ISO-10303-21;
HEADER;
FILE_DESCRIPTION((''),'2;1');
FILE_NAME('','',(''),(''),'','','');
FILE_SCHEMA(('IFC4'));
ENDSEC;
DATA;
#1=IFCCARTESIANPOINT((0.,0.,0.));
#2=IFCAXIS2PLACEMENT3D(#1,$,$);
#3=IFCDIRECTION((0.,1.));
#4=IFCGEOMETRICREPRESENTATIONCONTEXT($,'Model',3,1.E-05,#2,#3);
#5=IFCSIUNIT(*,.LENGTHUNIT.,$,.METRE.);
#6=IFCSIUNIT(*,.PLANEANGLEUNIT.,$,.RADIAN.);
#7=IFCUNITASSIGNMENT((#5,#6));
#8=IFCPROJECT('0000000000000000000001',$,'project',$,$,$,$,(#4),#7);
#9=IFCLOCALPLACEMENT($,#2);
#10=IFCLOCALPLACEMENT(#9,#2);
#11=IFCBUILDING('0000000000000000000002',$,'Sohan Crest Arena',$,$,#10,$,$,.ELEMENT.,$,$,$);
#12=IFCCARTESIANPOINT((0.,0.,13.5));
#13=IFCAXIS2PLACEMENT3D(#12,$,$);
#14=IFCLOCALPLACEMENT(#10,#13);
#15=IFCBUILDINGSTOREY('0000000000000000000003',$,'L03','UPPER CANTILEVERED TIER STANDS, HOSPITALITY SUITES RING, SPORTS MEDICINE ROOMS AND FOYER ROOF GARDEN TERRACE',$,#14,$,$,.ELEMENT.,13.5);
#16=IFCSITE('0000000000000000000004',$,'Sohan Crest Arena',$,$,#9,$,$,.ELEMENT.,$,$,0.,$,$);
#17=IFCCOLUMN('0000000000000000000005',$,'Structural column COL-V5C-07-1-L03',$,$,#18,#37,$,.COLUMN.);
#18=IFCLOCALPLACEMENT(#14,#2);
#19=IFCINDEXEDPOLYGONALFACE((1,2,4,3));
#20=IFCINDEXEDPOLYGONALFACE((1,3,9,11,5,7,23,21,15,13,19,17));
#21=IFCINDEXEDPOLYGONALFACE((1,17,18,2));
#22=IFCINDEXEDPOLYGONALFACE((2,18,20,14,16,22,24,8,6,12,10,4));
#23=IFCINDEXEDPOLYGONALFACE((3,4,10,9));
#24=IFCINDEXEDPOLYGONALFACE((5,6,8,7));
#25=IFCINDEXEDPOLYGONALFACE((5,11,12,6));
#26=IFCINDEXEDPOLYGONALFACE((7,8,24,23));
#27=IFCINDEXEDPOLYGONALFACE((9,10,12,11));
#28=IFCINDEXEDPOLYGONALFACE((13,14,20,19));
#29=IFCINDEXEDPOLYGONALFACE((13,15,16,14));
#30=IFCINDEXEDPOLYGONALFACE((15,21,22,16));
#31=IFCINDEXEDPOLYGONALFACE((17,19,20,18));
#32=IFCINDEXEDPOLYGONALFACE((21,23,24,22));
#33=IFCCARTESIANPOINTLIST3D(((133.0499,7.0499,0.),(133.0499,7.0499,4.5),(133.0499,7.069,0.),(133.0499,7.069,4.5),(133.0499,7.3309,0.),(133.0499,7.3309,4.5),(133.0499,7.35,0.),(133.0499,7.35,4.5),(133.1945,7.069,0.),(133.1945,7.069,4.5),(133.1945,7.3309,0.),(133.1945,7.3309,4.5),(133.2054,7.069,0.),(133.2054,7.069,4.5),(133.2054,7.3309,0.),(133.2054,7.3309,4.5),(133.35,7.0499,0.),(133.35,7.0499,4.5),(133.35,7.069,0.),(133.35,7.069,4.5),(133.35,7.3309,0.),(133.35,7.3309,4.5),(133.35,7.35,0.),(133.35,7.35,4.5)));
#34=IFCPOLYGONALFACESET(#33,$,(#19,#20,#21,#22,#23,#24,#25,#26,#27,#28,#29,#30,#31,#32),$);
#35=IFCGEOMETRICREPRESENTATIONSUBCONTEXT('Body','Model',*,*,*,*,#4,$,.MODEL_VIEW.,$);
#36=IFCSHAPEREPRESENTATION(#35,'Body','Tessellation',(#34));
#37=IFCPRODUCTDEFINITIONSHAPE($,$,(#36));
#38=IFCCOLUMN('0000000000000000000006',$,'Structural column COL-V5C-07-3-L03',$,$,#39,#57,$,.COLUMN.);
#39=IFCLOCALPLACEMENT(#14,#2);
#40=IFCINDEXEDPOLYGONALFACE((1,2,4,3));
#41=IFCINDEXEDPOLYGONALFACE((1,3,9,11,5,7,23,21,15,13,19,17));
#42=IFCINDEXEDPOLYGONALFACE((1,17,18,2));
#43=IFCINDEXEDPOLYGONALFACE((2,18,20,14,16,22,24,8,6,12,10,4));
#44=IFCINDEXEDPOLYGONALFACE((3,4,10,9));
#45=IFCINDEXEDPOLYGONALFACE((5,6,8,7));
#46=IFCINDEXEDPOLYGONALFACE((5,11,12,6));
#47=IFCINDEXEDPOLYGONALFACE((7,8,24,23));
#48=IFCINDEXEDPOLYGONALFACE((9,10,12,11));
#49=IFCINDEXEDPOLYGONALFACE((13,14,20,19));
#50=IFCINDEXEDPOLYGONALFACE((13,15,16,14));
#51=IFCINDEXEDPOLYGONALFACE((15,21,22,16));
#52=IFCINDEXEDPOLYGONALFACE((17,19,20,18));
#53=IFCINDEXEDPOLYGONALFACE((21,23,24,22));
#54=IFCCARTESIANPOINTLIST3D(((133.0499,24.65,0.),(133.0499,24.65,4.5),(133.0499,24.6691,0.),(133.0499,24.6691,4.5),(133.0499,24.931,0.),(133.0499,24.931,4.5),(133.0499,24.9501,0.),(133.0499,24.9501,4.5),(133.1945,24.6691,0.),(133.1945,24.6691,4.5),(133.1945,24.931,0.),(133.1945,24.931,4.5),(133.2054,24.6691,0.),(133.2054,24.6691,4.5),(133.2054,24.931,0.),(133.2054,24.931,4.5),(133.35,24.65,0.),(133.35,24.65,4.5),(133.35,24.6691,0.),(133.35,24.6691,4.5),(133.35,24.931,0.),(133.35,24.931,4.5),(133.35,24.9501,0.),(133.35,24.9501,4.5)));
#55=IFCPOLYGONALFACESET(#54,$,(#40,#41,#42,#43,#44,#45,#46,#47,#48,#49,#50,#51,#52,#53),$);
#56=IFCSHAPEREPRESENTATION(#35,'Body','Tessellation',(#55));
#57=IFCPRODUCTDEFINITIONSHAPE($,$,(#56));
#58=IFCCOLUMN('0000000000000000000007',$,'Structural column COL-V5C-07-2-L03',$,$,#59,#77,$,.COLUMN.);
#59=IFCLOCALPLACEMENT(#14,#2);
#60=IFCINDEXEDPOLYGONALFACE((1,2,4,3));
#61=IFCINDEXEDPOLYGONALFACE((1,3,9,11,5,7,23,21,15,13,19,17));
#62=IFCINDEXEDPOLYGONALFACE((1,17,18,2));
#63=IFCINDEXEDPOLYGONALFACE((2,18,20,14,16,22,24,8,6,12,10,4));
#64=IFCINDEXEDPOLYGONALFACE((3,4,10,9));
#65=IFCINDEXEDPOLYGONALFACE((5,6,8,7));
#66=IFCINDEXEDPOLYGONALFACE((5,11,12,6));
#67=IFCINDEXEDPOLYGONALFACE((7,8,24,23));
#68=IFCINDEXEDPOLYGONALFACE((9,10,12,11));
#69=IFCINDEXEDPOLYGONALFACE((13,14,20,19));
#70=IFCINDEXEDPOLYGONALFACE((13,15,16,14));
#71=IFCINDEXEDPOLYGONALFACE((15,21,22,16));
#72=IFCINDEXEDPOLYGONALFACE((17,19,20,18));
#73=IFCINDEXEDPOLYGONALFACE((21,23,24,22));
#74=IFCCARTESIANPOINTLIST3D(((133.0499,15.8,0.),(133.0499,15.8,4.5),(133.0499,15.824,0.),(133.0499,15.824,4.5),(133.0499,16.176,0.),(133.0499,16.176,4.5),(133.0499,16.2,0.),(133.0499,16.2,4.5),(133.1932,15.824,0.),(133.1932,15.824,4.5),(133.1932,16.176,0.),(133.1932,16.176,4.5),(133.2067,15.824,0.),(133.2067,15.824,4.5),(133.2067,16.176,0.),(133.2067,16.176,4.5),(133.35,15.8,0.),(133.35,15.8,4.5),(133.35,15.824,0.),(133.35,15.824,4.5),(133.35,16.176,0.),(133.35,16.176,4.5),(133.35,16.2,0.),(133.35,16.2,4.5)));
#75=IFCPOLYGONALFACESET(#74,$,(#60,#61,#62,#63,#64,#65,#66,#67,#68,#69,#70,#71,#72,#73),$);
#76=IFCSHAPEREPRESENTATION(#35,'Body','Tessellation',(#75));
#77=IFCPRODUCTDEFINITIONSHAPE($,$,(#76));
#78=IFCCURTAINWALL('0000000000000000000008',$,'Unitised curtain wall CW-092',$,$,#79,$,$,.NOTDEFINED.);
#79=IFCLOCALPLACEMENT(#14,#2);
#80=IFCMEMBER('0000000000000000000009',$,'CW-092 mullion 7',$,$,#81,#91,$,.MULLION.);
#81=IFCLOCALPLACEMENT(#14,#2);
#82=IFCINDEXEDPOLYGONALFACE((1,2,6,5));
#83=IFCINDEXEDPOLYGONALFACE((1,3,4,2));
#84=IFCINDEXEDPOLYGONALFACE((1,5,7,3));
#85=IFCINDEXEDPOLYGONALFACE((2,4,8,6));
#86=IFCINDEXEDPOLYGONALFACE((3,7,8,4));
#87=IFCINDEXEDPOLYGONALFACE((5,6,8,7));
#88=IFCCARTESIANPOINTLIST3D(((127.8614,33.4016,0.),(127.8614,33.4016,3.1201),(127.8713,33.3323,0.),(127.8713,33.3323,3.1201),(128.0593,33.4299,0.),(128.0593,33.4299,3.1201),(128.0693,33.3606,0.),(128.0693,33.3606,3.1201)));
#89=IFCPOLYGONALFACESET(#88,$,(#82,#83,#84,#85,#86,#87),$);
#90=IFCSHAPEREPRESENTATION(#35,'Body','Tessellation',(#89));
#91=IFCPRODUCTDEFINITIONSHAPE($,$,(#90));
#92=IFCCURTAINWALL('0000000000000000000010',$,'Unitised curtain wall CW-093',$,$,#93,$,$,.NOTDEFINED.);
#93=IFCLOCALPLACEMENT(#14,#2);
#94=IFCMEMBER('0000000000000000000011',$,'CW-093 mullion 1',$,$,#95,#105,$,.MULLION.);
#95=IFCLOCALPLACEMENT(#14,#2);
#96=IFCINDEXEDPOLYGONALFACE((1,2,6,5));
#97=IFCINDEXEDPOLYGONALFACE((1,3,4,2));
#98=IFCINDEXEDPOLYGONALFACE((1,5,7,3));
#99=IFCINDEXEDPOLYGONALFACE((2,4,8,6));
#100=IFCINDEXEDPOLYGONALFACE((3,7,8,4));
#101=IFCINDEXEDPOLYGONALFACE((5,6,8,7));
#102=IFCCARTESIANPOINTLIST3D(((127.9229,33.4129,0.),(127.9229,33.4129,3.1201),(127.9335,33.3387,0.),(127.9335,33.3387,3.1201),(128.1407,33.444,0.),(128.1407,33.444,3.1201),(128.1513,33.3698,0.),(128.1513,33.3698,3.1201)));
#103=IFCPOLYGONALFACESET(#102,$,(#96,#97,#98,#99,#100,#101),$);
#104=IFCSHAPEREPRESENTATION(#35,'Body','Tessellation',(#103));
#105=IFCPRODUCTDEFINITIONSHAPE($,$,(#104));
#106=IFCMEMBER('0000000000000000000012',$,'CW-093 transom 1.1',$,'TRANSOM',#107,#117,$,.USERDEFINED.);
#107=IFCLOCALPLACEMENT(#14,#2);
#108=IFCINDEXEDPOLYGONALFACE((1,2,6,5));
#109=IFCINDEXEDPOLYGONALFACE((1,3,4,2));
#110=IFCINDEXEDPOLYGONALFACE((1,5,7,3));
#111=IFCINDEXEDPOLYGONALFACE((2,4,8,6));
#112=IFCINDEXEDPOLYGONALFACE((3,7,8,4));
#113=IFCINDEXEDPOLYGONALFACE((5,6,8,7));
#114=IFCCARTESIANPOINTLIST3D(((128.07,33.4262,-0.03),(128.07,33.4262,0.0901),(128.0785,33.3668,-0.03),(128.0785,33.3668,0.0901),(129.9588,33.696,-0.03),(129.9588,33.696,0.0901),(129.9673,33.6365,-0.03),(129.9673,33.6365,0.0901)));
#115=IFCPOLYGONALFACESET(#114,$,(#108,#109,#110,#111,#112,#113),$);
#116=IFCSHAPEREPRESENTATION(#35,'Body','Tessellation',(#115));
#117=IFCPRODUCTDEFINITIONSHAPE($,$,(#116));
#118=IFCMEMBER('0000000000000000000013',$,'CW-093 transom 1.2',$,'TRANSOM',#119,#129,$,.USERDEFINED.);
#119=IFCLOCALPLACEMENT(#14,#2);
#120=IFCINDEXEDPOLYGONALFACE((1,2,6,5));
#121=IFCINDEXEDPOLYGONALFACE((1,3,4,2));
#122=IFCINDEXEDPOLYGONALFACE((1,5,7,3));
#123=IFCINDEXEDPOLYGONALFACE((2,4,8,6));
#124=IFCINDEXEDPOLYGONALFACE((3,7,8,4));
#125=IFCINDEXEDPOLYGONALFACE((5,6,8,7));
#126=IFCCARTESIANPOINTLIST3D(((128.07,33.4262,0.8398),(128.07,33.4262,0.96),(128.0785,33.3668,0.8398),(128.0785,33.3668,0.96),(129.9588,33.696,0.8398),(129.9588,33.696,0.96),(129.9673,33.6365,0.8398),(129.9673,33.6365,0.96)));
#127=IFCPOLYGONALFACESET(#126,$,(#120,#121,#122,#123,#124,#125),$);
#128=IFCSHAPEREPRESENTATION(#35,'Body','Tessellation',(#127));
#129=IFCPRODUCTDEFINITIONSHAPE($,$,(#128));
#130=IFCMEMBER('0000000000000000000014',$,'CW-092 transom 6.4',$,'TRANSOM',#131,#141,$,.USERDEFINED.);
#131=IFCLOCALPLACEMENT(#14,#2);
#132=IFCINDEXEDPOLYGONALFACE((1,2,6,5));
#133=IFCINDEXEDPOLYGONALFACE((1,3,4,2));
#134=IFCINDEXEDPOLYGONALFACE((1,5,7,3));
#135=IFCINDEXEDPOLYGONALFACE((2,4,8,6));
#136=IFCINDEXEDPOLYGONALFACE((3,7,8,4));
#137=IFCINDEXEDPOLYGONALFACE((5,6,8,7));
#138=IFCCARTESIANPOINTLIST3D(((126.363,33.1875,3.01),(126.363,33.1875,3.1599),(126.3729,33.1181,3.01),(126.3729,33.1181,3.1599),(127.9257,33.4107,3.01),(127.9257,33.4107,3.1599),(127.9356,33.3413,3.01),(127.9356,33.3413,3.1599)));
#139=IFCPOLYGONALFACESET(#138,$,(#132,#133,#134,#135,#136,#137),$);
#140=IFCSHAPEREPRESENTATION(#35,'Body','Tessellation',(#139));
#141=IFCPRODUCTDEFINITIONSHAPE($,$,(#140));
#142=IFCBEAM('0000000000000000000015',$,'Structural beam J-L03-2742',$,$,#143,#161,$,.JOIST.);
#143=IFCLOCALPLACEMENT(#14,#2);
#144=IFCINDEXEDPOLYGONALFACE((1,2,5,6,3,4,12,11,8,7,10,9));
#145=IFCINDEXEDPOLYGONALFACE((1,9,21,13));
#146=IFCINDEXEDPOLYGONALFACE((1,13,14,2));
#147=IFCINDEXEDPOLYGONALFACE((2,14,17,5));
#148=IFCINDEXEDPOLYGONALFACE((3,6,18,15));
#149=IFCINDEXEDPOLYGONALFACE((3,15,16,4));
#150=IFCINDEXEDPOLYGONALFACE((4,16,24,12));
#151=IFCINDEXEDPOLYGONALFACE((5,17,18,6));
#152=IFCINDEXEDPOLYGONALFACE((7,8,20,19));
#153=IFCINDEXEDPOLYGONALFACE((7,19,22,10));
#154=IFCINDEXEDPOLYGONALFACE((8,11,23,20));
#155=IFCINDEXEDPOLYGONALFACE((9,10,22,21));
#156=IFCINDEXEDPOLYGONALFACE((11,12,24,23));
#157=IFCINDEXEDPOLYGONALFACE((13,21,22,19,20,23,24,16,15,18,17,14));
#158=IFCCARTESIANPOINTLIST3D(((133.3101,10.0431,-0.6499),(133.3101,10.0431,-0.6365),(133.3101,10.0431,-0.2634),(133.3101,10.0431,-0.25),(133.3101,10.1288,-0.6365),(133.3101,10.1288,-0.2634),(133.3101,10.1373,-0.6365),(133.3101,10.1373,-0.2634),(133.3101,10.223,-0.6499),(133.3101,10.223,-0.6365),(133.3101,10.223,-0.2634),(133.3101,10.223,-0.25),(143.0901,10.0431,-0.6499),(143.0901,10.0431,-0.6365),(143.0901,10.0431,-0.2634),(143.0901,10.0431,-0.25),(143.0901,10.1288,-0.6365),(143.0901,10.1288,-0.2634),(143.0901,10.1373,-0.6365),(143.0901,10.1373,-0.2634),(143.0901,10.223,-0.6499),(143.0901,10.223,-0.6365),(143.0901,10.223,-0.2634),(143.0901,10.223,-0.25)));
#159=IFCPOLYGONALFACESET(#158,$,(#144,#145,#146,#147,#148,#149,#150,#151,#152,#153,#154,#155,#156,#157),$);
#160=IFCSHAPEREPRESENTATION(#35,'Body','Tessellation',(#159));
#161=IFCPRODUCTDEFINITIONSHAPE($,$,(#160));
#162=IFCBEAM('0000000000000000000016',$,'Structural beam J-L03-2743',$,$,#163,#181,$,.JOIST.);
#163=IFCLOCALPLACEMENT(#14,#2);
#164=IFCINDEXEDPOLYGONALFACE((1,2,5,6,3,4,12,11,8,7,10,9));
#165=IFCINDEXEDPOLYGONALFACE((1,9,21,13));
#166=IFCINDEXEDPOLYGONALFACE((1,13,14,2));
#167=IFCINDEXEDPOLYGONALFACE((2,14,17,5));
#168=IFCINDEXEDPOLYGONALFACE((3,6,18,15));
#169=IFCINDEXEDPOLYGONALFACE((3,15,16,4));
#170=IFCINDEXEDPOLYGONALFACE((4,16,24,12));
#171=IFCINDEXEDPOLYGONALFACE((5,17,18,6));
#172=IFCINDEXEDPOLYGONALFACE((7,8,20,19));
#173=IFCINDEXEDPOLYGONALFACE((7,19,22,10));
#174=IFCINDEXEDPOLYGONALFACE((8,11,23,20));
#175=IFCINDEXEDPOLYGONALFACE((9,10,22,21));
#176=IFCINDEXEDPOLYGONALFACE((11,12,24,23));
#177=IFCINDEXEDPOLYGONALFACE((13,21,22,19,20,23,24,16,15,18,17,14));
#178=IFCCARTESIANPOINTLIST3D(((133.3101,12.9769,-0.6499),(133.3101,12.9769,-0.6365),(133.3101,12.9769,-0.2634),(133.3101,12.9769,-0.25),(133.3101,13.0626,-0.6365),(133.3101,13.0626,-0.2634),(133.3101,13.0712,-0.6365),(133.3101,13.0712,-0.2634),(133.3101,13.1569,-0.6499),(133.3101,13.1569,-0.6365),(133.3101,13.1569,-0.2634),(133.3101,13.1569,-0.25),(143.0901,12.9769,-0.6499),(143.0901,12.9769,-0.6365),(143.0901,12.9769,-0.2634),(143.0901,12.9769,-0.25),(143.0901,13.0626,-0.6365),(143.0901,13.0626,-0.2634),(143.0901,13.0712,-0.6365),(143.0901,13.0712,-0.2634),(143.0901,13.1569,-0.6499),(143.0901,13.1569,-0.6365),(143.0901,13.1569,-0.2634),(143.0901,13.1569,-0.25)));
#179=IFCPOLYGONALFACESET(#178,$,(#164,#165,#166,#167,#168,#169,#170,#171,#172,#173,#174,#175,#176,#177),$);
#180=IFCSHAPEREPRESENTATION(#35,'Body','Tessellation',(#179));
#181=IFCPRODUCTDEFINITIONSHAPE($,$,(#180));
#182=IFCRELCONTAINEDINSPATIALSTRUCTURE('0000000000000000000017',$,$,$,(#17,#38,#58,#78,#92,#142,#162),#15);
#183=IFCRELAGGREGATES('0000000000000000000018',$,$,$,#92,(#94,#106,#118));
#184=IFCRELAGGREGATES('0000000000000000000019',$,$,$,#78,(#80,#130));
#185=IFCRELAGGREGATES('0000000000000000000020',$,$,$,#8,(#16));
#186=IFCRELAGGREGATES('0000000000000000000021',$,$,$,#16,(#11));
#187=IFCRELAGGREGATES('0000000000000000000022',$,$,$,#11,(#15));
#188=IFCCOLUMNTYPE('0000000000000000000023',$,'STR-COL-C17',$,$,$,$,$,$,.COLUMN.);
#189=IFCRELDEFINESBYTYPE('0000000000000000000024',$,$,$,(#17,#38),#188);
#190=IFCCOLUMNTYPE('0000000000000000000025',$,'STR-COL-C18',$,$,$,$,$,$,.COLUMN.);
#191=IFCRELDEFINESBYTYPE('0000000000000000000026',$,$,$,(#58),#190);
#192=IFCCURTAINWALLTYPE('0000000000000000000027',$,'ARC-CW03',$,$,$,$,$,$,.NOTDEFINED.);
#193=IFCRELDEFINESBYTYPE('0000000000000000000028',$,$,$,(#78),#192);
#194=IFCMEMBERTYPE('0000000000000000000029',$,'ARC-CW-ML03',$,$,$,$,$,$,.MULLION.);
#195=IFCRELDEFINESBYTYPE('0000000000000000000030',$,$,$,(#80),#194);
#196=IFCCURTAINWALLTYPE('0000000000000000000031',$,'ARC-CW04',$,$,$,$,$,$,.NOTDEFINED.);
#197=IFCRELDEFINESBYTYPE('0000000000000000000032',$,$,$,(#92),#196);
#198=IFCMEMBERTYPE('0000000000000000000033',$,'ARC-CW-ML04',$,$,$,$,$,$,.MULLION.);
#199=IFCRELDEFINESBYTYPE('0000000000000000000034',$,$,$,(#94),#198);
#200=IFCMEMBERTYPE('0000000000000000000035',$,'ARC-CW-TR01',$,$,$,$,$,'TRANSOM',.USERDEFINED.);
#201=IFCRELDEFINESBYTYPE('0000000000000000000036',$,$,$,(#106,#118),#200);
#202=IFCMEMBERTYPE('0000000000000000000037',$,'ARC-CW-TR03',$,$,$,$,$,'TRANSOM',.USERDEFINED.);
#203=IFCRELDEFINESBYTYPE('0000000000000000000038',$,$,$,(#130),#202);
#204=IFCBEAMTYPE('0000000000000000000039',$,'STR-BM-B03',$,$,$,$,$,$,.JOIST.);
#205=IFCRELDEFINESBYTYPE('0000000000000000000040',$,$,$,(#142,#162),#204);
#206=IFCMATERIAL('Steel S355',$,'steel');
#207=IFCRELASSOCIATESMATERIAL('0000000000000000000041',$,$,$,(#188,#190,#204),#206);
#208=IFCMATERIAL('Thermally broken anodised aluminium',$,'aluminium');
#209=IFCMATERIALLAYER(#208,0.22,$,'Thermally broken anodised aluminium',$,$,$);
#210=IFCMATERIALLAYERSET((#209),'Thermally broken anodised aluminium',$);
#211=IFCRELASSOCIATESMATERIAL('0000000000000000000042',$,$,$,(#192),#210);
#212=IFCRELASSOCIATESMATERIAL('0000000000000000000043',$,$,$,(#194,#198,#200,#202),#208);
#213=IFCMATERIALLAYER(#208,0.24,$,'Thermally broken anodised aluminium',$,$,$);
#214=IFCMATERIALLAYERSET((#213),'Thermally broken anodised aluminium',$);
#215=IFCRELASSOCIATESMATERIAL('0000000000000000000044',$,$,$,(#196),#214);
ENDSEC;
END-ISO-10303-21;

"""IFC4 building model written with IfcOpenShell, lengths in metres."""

from ifc_helpers import new_model, si_unit, direction, frame, origin, origin_2d, place, context, subcontext, project, spatial, rectangle, i_section, extrude, material, layer, layer_set, material_profile, profile_set, type_object, element, aggregate, save


model = new_model("IFC4")

# Units and contexts
model_context = context("Model", 3, precision=1e-05, world=origin(), true_north=direction((0.0, 1.0)))
body_context = subcontext(model_context, "Body", "Model", "MODEL_VIEW")
ifc_project = project(units=[si_unit("LENGTHUNIT", "METRE"), si_unit("PLANEANGLEUNIT", "RADIAN")], contexts=[model_context])

# Site, building, storey
site_placement = place(None, origin())
site = spatial("IfcSite", under=ifc_project, at=site_placement, Name="Sohan Crest Arena", CompositionType="ELEMENT", RefElevation=0.0)
building_placement = place(site_placement, origin())
building = spatial("IfcBuilding", under=site, at=building_placement, Name="Sohan Crest Arena", CompositionType="ELEMENT")
storey_placement = place(building_placement, frame((0.0, 0.0, 13.5)))
storey = spatial("IfcBuildingStorey", under=building, at=storey_placement, Name="L03", Description="UPPER CANTILEVERED TIER STANDS, HOSPITALITY SUITES RING, SPORTS MEDICINE ROOMS AND FOYER ROOF GARDEN TERRACE", CompositionType="ELEMENT", Elevation=13.5)

# Columns
ifc_material_1 = material(Name="Steel S355", Category="steel")
ifc_material_profile_1 = material_profile(ifc_material_1, i_section(OverallWidth=0.3, OverallDepth=0.3, WebThickness=0.011, FlangeThickness=0.019, at=origin_2d()), Name="HEB 300")
ifc_profile_set_1 = profile_set([ifc_material_profile_1], Name="Steel S355")
column_type_1 = type_object("IfcColumnType", Name="STR-COL-C17", PredefinedType="COLUMN", material=ifc_profile_set_1)
for number, where, z_axis, x_axis, name in (
    (1, (133.2, 7.2, 0.0), (0.0, 0.0, 1.0), (1.0, 0.0, 0.0), "Structural column COL-V5C-07-1-L03"),
    (2, (133.2, 24.8, 0.0), (0.0, 0.0, 1.0), (1.0, 0.0, 0.0), "Structural column COL-V5C-07-3-L03"),
):
    element("IfcColumn", number, at=place(storey_placement, frame(where, z_axis=z_axis, x_axis=x_axis)), inside=storey, type_object=column_type_1, Name=name, PredefinedType="COLUMN", context=body_context, shape_type="SweptSolid", body=[
        extrude(i_section(OverallWidth=0.3, OverallDepth=0.3, WebThickness=0.011, FlangeThickness=0.019, at=origin_2d()), origin(), (0.0, 0.0, 1.0), 4.5),
    ])
ifc_material_profile_2 = material_profile(ifc_material_1, i_section(OverallWidth=0.3, OverallDepth=0.3999, WebThickness=0.0134, FlangeThickness=0.0239, at=origin_2d()), Name="HEB 400")
ifc_profile_set_2 = profile_set([ifc_material_profile_2], Name="Steel S355")
column_type_2 = type_object("IfcColumnType", Name="STR-COL-C18", PredefinedType="COLUMN", material=ifc_profile_set_2)
column_placement = place(storey_placement, frame((133.2, 16.0, 0.0), z_axis=(0.0, 0.0, 1.0), x_axis=(1.0, 0.0, 0.0)))
element("IfcColumn", 3, at=column_placement, inside=storey, type_object=column_type_2, Name="Structural column COL-V5C-07-2-L03", PredefinedType="COLUMN", context=body_context, shape_type="SweptSolid", body=[
    extrude(i_section(OverallWidth=0.3, OverallDepth=0.3999, WebThickness=0.0134, FlangeThickness=0.0239, at=origin_2d()), origin(), (0.0, 0.0, 1.0), 4.5),
])

# Curtain wall, member
ifc_material_2 = material(Name="Thermally broken anodised aluminium", Category="aluminium")
ifc_layer_1 = layer(ifc_material_2, 0.22, Name="Thermally broken anodised aluminium")
ifc_layer_set_1 = layer_set([ifc_layer_1], Name="Thermally broken anodised aluminium")
curtain_wall_type_1 = type_object("IfcCurtainWallType", Name="ARC-CW03", PredefinedType="NOTDEFINED", material=ifc_layer_set_1)
curtain_wall_1_placement = place(storey_placement, origin())
curtain_wall_1 = element("IfcCurtainWall", 4, at=curtain_wall_1_placement, inside=storey, type_object=curtain_wall_type_1, Name="Unitised curtain wall CW-092", PredefinedType="NOTDEFINED")
ifc_material_profile_3 = material_profile(ifc_material_2, rectangle(XDim=0.0701, YDim=0.2, at=origin_2d()), Name="ALU-MULL 70x200")
ifc_profile_set_3 = profile_set([ifc_material_profile_3], Name="Thermally broken anodised aluminium")
member_type_1 = type_object("IfcMemberType", Name="ARC-CW-ML03", PredefinedType="MULLION", material=ifc_profile_set_3)
member_1_placement = place(storey_placement, frame((127.9653, 33.3811, 0.0), z_axis=(0.0, 0.0, 1.0), x_axis=(-0.141463, 0.989944, 0.0)))
member_1 = element("IfcMember", 5, at=member_1_placement, type_object=member_type_1, Name="CW-092 mullion 7", PredefinedType="MULLION", context=body_context, shape_type="SweptSolid", body=[
    extrude(rectangle(XDim=0.0701, YDim=0.2, at=origin_2d()), origin(), (0.0, 0.0, 1.0), 3.1201),
])

# Curtain wall, members
ifc_layer_2 = layer(ifc_material_2, 0.24, Name="Thermally broken anodised aluminium")
ifc_layer_set_2 = layer_set([ifc_layer_2], Name="Thermally broken anodised aluminium")
curtain_wall_type_2 = type_object("IfcCurtainWallType", Name="ARC-CW04", PredefinedType="NOTDEFINED", material=ifc_layer_set_2)
curtain_wall_2_placement = place(storey_placement, origin())
curtain_wall_2 = element("IfcCurtainWall", 6, at=curtain_wall_2_placement, inside=storey, type_object=curtain_wall_type_2, Name="Unitised curtain wall CW-093", PredefinedType="NOTDEFINED")
ifc_material_profile_4 = material_profile(ifc_material_2, rectangle(XDim=0.075, YDim=0.22, at=origin_2d()), Name="ALU-MULL 75x220")
ifc_profile_set_4 = profile_set([ifc_material_profile_4], Name="Thermally broken anodised aluminium")
member_type_2 = type_object("IfcMemberType", Name="ARC-CW-ML04", PredefinedType="MULLION", material=ifc_profile_set_4)
member_2_placement = place(storey_placement, frame((128.0371, 33.3914, 0.0), z_axis=(0.0, 0.0, 1.0), x_axis=(-0.141366, 0.989957, 0.0)))
member_2 = element("IfcMember", 7, at=member_2_placement, type_object=member_type_2, Name="CW-093 mullion 1", PredefinedType="MULLION", context=body_context, shape_type="SweptSolid", body=[
    extrude(rectangle(XDim=0.075, YDim=0.22, at=origin_2d()), origin(), (0.0, 0.0, 1.0), 3.1201),
])
ifc_material_profile_5 = material_profile(ifc_material_2, rectangle(XDim=0.0601, YDim=0.1201, at=origin_2d()), Name="ALU-TRAN 60x120")
ifc_profile_set_5 = profile_set([ifc_material_profile_5], Name="Thermally broken anodised aluminium")
member_type_3 = type_object("IfcMemberType", Name="ARC-CW-TR01", ElementType="TRANSOM", PredefinedType="USERDEFINED", material=ifc_profile_set_5)
member_3_placement = place(storey_placement, frame((128.0742, 33.3965, 0.03), z_axis=(0.989952, 0.141403, 0.0), x_axis=(-0.141403, 0.989952, 0.0)))
member_3 = element("IfcMember", 8, at=member_3_placement, type_object=member_type_3, Name="CW-093 transom 1.1", ObjectType="TRANSOM", PredefinedType="USERDEFINED", context=body_context, shape_type="SweptSolid", body=[
    extrude(rectangle(XDim=0.0601, YDim=0.1201, at=origin_2d()), origin(), (0.0, 0.0, 1.0), 1.908),
])
member_4_placement = place(storey_placement, frame((128.0742, 33.3965, 0.8999), z_axis=(0.989952, 0.141403, 0.0), x_axis=(-0.141403, 0.989952, 0.0)))
member_4 = element("IfcMember", 9, at=member_4_placement, type_object=member_type_3, Name="CW-093 transom 1.2", ObjectType="TRANSOM", PredefinedType="USERDEFINED", context=body_context, shape_type="SweptSolid", body=[
    extrude(rectangle(XDim=0.0601, YDim=0.1201, at=origin_2d()), origin(), (0.0, 0.0, 1.0), 1.908),
])
aggregate(curtain_wall_2, [member_2, member_3, member_4])

# Member
ifc_material_profile_6 = material_profile(ifc_material_2, rectangle(XDim=0.0701, YDim=0.1499, at=origin_2d()), Name="ALU-TRAN 70x150")
ifc_profile_set_6 = profile_set([ifc_material_profile_6], Name="Thermally broken anodised aluminium")
member_type_4 = type_object("IfcMemberType", Name="ARC-CW-TR03", ElementType="TRANSOM", PredefinedType="USERDEFINED", material=ifc_profile_set_6)
member_5_placement = place(storey_placement, frame((126.3679, 33.1528, 3.085), z_axis=(0.989959, 0.141356, 0.0), x_axis=(-0.141356, 0.989959, 0.0)))
member_5 = element("IfcMember", 10, at=member_5_placement, type_object=member_type_4, Name="CW-092 transom 6.4", ObjectType="TRANSOM", PredefinedType="USERDEFINED", context=body_context, shape_type="SweptSolid", body=[
    extrude(rectangle(XDim=0.0701, YDim=0.1499, at=origin_2d()), origin(), (0.0, 0.0, 1.0), 1.5786),
])

# Beams
ifc_material_profile_7 = material_profile(ifc_material_1, i_section(OverallWidth=0.1799, OverallDepth=0.3999, WebThickness=0.0085, FlangeThickness=0.0134, at=origin_2d()), Name="IPE 400")
ifc_profile_set_7 = profile_set([ifc_material_profile_7], Name="Steel S355")
beam_type_1 = type_object("IfcBeamType", Name="STR-BM-B03", PredefinedType="JOIST", material=ifc_profile_set_7)
for number, where, z_axis, x_axis, name in (
    (11, (133.3101, 10.1331, -0.45), (1.0, 0.0, 0.0), (0.0, 1.0, 0.0), "Structural beam J-L03-2742"),
    (12, (133.3101, 13.0669, -0.45), (1.0, 0.0, 0.0), (0.0, 1.0, 0.0), "Structural beam J-L03-2743"),
):
    element("IfcBeam", number, at=place(storey_placement, frame(where, z_axis=z_axis, x_axis=x_axis)), inside=storey, type_object=beam_type_1, Name=name, PredefinedType="JOIST", context=body_context, shape_type="SweptSolid", body=[
        extrude(i_section(OverallWidth=0.1799, OverallDepth=0.3999, WebThickness=0.0085, FlangeThickness=0.0134, at=origin_2d()), origin(), (0.0, 0.0, 1.0), 9.78),
    ])

aggregate(curtain_wall_1, [member_1, member_5])

save(model, "model.ifc")
